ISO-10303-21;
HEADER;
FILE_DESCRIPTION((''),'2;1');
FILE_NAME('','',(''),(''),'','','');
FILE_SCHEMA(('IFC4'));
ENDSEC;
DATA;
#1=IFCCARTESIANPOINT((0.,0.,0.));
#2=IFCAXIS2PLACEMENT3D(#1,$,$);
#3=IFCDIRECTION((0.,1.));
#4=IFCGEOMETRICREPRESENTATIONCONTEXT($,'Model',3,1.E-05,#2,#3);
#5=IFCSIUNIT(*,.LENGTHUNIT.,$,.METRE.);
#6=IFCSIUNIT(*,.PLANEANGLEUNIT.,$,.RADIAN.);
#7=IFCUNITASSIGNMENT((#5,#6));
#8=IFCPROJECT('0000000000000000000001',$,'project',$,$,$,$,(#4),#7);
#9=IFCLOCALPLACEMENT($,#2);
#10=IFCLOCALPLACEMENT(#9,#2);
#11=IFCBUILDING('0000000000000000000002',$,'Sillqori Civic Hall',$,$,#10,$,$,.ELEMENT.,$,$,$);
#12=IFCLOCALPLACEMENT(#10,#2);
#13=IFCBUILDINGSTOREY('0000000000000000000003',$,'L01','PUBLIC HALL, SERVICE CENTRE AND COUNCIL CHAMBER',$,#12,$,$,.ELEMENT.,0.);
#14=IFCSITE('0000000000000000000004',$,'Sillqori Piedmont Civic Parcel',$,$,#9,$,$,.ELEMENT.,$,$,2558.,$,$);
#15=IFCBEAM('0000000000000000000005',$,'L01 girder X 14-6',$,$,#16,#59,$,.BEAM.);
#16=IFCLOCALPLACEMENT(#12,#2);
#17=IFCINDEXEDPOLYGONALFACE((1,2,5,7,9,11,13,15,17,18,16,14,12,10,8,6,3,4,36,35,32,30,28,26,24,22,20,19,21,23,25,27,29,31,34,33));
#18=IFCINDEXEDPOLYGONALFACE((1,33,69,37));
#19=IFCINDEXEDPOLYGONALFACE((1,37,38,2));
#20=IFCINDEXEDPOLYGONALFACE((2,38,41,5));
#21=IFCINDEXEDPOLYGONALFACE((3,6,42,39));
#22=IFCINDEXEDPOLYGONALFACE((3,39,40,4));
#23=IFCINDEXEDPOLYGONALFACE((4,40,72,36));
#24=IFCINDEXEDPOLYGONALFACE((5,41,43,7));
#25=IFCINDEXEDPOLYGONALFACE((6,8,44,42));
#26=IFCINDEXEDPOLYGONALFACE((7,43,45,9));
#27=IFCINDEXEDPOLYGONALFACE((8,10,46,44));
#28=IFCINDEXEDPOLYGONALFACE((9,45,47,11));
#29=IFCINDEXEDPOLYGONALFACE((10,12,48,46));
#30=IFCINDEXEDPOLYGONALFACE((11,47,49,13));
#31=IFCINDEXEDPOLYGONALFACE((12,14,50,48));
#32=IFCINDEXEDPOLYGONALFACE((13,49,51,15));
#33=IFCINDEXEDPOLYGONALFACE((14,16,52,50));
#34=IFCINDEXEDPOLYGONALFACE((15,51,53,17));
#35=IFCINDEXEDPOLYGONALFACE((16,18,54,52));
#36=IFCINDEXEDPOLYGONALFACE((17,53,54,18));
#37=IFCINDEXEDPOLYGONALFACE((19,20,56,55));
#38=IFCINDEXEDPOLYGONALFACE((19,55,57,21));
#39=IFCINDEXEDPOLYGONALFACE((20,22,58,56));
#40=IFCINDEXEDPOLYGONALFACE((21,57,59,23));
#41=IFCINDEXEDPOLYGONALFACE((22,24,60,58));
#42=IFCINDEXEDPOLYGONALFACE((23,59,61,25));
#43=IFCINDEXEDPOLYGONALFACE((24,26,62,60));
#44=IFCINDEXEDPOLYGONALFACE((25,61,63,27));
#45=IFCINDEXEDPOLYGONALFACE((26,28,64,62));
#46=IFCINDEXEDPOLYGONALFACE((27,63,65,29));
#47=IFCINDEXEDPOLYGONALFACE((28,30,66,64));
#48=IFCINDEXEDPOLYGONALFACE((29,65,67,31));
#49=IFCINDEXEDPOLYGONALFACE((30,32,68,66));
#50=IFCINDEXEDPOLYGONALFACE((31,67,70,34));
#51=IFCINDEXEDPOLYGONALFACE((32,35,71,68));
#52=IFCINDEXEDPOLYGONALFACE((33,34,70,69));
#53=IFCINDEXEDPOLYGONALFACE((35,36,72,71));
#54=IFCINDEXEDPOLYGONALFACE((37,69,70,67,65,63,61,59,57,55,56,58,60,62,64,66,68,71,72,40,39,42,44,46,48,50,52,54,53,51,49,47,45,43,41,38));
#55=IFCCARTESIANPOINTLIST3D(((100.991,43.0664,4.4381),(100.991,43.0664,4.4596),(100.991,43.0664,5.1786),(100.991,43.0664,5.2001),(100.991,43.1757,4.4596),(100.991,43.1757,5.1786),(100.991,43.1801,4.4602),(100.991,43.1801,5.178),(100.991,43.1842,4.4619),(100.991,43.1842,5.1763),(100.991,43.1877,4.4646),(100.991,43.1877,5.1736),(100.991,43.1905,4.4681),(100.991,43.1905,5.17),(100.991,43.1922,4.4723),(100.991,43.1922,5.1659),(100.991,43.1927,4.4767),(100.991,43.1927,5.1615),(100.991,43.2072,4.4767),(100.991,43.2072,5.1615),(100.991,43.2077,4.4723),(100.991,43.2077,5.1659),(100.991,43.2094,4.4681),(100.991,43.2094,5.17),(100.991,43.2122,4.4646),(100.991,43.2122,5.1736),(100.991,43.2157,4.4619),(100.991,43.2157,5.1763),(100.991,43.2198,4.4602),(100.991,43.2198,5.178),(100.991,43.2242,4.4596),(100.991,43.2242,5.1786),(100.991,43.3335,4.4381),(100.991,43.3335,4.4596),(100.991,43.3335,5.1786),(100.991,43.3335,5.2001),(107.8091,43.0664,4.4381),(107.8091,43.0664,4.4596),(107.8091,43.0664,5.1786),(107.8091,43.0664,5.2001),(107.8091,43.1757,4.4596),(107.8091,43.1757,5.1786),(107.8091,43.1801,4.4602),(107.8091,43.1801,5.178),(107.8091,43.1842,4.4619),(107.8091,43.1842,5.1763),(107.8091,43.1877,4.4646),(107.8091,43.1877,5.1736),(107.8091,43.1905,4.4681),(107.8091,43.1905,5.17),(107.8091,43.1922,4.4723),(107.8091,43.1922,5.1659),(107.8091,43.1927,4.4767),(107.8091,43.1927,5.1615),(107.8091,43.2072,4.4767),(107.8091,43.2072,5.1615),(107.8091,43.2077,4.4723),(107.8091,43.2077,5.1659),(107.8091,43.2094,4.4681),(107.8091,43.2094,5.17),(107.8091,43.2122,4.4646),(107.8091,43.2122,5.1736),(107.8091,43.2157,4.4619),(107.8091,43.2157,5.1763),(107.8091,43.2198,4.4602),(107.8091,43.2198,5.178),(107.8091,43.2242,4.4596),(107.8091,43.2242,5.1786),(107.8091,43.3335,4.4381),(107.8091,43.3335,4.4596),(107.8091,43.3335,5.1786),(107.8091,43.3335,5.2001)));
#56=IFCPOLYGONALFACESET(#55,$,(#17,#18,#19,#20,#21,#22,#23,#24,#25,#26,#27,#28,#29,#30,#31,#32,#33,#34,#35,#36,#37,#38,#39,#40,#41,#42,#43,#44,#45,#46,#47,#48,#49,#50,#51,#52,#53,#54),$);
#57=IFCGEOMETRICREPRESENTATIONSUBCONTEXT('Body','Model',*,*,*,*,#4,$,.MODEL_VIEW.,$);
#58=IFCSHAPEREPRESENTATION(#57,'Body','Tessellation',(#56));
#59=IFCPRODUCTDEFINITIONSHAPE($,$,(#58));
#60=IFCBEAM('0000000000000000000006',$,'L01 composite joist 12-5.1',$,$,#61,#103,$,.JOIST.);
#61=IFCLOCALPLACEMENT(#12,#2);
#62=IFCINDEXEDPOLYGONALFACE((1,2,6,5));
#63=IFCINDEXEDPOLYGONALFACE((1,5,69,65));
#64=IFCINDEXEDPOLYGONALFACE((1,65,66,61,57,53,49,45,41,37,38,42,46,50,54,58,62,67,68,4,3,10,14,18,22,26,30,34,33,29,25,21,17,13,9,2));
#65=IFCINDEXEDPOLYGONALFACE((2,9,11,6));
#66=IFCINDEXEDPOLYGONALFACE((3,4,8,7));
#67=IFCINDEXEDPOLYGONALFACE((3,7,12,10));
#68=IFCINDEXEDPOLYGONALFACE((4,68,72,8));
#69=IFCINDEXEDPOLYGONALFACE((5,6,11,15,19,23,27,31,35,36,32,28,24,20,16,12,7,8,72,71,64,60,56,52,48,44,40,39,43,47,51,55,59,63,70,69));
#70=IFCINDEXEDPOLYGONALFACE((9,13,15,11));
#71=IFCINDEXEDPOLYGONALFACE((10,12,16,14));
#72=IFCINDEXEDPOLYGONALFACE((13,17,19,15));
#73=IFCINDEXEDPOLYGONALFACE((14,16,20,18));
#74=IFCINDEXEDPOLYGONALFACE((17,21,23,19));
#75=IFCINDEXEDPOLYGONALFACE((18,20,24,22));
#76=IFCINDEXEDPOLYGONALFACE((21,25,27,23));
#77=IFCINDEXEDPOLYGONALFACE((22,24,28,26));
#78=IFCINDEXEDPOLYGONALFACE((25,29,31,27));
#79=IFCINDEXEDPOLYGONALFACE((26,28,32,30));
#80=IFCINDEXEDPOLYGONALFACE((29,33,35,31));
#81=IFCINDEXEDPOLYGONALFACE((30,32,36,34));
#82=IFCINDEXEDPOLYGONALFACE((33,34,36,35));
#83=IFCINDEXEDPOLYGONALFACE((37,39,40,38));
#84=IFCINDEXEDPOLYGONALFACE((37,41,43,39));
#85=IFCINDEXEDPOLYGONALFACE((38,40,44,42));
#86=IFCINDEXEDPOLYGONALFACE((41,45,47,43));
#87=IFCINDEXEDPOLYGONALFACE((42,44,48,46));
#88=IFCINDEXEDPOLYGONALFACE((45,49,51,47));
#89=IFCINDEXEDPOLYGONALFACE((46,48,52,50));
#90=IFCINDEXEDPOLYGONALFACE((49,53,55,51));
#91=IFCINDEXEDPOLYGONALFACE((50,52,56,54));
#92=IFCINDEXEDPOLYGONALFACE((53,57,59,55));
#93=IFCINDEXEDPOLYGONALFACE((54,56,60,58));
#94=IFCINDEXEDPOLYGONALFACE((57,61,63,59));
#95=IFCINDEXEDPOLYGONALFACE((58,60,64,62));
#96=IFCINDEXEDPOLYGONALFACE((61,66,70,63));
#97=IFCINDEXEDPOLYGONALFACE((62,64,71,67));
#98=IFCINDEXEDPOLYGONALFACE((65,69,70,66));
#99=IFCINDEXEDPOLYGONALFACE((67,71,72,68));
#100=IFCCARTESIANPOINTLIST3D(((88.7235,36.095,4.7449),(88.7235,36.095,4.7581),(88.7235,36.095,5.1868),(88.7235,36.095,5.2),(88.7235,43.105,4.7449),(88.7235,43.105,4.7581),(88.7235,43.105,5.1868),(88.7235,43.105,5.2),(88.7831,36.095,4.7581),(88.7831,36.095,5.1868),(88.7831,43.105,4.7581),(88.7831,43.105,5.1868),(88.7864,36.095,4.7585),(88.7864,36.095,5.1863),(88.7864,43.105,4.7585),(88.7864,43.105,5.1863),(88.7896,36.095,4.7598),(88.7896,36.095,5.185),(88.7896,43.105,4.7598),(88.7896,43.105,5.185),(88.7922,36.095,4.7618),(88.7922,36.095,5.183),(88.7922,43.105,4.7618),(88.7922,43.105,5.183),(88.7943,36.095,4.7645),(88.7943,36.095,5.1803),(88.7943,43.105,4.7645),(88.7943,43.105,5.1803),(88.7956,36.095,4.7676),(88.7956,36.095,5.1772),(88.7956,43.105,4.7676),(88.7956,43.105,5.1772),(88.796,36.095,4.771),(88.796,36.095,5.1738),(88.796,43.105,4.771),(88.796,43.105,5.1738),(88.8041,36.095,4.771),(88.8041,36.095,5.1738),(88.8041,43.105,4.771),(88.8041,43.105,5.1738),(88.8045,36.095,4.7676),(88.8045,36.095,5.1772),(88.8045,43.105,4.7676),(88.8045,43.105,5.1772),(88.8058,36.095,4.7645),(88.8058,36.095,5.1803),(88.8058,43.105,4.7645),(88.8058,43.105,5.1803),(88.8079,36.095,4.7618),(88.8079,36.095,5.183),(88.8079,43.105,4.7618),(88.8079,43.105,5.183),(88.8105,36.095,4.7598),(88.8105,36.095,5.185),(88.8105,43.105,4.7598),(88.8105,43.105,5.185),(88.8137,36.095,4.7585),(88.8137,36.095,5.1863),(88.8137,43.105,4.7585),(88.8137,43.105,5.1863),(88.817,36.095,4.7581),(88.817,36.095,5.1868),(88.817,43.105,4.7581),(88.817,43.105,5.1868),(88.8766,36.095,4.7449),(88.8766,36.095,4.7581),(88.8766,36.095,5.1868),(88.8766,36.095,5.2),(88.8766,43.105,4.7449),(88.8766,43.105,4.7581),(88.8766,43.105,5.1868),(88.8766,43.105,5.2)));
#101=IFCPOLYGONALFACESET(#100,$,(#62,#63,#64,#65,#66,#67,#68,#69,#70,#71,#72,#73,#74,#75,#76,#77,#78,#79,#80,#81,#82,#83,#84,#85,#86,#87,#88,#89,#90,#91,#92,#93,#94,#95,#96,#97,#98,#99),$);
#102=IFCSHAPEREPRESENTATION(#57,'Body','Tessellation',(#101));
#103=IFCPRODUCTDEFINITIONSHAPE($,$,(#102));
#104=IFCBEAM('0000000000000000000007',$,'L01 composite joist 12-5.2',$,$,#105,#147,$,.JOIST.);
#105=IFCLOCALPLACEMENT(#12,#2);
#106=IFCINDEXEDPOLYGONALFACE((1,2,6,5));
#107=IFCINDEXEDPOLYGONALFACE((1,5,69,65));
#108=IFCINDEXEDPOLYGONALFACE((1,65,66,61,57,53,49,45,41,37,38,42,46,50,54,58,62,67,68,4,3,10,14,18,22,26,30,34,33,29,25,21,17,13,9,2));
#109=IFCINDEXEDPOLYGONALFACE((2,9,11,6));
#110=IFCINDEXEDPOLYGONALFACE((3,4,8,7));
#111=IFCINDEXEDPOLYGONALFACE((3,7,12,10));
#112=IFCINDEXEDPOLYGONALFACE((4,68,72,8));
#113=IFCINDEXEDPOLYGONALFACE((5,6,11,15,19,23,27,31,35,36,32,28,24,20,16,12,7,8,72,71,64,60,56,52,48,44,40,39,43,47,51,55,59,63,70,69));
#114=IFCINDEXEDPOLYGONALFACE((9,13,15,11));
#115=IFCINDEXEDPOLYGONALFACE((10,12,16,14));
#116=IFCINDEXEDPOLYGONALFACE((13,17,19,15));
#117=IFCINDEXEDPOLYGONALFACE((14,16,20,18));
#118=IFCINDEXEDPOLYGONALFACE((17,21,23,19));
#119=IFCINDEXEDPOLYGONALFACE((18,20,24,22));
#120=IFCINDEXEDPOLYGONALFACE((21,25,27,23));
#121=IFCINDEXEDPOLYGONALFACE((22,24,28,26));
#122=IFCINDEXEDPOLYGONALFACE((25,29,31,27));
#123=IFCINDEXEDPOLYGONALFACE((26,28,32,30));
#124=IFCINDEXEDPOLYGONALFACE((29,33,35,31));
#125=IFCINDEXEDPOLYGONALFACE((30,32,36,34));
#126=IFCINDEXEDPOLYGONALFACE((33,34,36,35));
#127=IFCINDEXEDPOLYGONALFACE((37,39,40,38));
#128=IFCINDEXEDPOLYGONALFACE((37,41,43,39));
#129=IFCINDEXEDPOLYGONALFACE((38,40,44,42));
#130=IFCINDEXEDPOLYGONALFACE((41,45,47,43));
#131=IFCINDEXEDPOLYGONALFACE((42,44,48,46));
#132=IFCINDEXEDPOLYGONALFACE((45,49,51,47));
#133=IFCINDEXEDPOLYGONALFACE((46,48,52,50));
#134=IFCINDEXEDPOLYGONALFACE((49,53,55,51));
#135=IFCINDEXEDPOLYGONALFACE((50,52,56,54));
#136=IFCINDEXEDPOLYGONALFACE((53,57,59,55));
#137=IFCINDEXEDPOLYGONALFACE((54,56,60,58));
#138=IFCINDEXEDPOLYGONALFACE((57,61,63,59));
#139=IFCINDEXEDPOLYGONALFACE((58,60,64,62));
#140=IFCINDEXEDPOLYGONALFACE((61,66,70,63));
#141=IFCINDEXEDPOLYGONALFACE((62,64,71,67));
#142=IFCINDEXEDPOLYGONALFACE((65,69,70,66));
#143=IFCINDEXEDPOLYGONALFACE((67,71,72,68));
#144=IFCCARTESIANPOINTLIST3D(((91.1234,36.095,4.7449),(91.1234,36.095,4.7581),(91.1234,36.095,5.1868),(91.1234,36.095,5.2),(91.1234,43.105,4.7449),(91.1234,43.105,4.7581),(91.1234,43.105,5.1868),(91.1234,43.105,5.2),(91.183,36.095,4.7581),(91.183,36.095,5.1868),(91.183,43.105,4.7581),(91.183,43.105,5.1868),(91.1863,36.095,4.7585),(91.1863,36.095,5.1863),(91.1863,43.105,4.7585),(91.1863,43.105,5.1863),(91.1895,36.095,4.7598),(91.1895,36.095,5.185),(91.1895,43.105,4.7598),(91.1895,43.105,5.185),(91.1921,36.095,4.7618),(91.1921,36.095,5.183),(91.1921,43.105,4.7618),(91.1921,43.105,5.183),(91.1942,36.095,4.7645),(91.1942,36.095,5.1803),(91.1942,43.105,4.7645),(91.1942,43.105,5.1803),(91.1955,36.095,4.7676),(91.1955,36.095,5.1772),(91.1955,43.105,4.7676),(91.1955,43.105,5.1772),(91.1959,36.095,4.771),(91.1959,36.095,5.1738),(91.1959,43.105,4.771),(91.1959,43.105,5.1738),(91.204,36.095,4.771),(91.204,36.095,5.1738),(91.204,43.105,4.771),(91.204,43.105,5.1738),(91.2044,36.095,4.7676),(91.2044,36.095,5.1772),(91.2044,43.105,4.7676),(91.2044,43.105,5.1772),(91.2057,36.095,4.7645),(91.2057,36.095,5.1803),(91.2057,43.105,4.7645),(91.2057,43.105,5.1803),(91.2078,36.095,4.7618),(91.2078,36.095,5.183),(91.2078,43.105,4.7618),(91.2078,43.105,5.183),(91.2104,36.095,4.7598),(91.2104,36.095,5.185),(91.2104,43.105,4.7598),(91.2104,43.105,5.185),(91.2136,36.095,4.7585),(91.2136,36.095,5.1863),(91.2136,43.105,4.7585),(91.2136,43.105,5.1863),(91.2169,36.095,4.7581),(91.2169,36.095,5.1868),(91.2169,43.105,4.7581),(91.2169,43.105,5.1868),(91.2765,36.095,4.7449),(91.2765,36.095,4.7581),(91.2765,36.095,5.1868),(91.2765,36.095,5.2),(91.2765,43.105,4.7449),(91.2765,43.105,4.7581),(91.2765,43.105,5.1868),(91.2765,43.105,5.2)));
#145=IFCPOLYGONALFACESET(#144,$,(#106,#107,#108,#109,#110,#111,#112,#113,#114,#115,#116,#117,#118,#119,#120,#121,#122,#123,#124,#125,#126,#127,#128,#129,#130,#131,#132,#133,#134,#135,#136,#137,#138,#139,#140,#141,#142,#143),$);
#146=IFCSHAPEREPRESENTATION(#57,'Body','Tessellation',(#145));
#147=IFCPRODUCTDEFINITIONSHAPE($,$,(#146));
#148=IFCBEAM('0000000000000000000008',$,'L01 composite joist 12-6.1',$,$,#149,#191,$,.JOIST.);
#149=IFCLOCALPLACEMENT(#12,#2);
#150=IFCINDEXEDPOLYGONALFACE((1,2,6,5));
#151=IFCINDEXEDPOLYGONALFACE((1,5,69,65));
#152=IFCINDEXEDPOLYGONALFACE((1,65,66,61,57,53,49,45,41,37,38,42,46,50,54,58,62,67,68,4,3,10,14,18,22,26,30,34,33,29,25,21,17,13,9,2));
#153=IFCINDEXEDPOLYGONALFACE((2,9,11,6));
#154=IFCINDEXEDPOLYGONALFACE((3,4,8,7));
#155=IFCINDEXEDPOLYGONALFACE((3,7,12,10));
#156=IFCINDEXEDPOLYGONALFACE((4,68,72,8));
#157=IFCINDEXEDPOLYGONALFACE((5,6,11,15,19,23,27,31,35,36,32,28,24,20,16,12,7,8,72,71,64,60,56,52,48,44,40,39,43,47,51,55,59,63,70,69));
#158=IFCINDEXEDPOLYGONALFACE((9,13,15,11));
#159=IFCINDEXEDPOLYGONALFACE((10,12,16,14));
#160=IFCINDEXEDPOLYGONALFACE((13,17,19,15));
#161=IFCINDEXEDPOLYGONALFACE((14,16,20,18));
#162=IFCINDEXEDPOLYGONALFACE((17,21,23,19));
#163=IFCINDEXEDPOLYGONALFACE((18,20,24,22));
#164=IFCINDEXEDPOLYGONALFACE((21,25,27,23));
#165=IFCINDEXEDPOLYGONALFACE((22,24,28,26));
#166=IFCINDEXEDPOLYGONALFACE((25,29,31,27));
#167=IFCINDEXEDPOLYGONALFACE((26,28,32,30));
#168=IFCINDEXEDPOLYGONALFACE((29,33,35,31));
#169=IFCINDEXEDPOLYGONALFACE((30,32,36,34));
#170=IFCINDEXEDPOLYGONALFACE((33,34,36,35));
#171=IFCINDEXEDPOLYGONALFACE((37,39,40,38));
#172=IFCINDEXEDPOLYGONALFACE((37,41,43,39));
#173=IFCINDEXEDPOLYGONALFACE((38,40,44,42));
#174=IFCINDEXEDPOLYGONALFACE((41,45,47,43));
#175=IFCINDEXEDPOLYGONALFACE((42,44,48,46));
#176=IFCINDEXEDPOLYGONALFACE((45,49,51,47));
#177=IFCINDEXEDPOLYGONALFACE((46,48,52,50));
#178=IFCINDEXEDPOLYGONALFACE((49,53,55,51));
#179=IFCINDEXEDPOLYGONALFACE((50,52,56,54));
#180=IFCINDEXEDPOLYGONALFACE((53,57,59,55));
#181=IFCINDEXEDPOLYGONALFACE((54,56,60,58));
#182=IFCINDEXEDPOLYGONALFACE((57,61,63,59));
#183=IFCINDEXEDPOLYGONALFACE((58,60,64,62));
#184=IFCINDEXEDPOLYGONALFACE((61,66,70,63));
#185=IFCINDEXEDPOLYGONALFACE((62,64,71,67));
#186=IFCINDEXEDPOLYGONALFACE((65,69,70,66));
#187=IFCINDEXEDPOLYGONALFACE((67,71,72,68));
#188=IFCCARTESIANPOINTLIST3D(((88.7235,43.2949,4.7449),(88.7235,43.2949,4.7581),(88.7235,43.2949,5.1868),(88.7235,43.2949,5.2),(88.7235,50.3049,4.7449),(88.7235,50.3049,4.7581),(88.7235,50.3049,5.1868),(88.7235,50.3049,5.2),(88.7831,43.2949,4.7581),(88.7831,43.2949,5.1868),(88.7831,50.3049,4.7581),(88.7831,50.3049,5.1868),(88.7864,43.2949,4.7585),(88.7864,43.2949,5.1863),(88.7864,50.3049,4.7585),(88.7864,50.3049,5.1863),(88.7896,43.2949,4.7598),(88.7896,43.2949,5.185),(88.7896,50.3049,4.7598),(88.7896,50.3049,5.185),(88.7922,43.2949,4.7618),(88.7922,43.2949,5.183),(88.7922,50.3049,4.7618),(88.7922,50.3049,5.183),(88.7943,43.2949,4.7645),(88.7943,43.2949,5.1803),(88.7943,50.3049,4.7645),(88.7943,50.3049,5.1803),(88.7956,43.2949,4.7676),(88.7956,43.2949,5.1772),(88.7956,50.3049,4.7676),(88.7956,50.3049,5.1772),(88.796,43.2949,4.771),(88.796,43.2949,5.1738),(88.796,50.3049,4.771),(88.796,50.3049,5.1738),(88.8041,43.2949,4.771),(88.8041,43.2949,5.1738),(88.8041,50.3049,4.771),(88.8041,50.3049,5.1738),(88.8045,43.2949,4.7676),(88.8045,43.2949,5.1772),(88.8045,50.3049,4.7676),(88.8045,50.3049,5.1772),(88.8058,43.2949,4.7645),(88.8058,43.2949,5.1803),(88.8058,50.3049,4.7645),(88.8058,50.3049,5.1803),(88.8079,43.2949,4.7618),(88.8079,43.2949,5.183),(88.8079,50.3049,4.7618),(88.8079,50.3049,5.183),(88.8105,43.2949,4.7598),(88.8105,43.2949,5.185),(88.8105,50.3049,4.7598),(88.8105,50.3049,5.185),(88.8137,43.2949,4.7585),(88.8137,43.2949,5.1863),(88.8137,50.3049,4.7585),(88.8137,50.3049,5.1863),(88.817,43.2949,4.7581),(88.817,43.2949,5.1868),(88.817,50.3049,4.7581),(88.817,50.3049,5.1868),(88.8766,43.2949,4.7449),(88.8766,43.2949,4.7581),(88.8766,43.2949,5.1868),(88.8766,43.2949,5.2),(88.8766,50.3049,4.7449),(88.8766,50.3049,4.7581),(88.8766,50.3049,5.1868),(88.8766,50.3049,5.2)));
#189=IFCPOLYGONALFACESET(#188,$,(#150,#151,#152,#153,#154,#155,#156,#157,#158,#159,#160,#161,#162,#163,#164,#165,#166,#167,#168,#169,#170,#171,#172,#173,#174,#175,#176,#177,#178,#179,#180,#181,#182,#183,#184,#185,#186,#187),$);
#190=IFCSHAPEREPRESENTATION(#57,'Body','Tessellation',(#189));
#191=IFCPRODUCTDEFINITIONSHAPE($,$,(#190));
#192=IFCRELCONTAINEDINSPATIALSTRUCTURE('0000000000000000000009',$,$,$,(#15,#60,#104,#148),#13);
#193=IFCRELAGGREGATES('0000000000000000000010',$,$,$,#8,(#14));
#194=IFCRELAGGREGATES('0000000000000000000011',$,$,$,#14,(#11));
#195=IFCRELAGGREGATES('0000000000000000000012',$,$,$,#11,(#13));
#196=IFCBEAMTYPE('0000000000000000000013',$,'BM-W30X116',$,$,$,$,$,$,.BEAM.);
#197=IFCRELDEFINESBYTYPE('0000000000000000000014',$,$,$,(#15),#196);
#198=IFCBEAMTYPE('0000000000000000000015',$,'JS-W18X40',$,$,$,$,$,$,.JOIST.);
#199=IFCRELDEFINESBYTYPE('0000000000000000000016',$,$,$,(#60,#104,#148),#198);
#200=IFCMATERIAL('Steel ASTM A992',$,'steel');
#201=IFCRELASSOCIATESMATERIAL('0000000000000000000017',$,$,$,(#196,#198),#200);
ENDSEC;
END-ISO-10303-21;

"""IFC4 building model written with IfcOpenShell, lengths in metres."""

from ifc_helpers import new_model, si_unit, direction, frame, origin, origin_2d, place, context, subcontext, project, spatial, i_section, extrude, material, material_profile, profile_set, type_object, element, save


model = new_model("IFC4")

# Units and contexts
model_context = context("Model", 3, precision=1e-05, world=origin(), true_north=direction((0.0, 1.0)))
body_context = subcontext(model_context, "Body", "Model", "MODEL_VIEW")
ifc_project = project(units=[si_unit("LENGTHUNIT", "METRE"), si_unit("PLANEANGLEUNIT", "RADIAN")], contexts=[model_context])

# Site, building, storey
site_placement = place(None, origin())
site = spatial("IfcSite", under=ifc_project, at=site_placement, Name="Sillqori Piedmont Civic Parcel", CompositionType="ELEMENT", RefElevation=2558.0)
building_placement = place(site_placement, origin())
building = spatial("IfcBuilding", under=site, at=building_placement, Name="Sillqori Civic Hall", CompositionType="ELEMENT")
storey_placement = place(building_placement, origin())
storey = spatial("IfcBuildingStorey", under=building, at=storey_placement, Name="L01", Description="PUBLIC HALL, SERVICE CENTRE AND COUNCIL CHAMBER", CompositionType="ELEMENT", Elevation=0.0)

# Shared definitions
ifc_material_1 = material(Name="Steel ASTM A992", Category="steel")

# Beams
ifc_material_profile_1 = material_profile(ifc_material_1, i_section(OverallWidth=0.2671, OverallDepth=0.762, WebThickness=0.0144, FlangeThickness=0.0215, FilletRadius=0.0171, at=origin_2d()), Name="W30X116")
ifc_profile_set_1 = profile_set([ifc_material_profile_1], Name="Steel ASTM A992")
beam_type_1 = type_object("IfcBeamType", Name="BM-W30X116", PredefinedType="BEAM", material=ifc_profile_set_1)
for number, where, z_axis, x_axis, name in (
    (1, (100.991, 43.2, 4.8191), (1.0, 0.0, 0.0), (0.0, 1.0, 0.0), "L01 girder X 14-6"),
):
    element("IfcBeam", number, at=place(storey_placement, frame(where, z_axis=z_axis, x_axis=x_axis)), inside=storey, type_object=beam_type_1, Name=name, PredefinedType="BEAM", context=body_context, shape_type="SweptSolid", body=[
        extrude(i_section(OverallWidth=0.2671, OverallDepth=0.762, WebThickness=0.0144, FlangeThickness=0.0215, FilletRadius=0.0171, at=origin_2d()), origin(), (0.0, 0.0, 1.0), 6.8181),
    ])
ifc_material_profile_2 = material_profile(ifc_material_1, i_section(OverallWidth=0.1531, OverallDepth=0.4551, WebThickness=0.0081, FlangeThickness=0.0132, FilletRadius=0.0129, at=origin_2d()), Name="W18X40")
ifc_profile_set_2 = profile_set([ifc_material_profile_2], Name="Steel ASTM A992")
beam_type_2 = type_object("IfcBeamType", Name="JS-W18X40", PredefinedType="JOIST", material=ifc_profile_set_2)
for number, where, z_axis, x_axis, name in (
    (2, (88.8, 36.095, 4.9724), (0.0, 1.0, 0.0), (-1.0, 0.0, 0.0), "L01 composite joist 12-5.1"),
    (3, (91.2, 36.095, 4.9724), (0.0, 1.0, 0.0), (-1.0, 0.0, 0.0), "L01 composite joist 12-5.2"),
    (4, (88.8, 43.2949, 4.9724), (0.0, 1.0, 0.0), (-1.0, 0.0, 0.0), "L01 composite joist 12-6.1"),
):
    element("IfcBeam", number, at=place(storey_placement, frame(where, z_axis=z_axis, x_axis=x_axis)), inside=storey, type_object=beam_type_2, Name=name, PredefinedType="JOIST", context=body_context, shape_type="SweptSolid", body=[
        extrude(i_section(OverallWidth=0.1531, OverallDepth=0.4551, WebThickness=0.0081, FlangeThickness=0.0132, FilletRadius=0.0129, at=origin_2d()), origin(), (0.0, 0.0, 1.0), 7.01),
    ])

save(model, "model.ifc")
